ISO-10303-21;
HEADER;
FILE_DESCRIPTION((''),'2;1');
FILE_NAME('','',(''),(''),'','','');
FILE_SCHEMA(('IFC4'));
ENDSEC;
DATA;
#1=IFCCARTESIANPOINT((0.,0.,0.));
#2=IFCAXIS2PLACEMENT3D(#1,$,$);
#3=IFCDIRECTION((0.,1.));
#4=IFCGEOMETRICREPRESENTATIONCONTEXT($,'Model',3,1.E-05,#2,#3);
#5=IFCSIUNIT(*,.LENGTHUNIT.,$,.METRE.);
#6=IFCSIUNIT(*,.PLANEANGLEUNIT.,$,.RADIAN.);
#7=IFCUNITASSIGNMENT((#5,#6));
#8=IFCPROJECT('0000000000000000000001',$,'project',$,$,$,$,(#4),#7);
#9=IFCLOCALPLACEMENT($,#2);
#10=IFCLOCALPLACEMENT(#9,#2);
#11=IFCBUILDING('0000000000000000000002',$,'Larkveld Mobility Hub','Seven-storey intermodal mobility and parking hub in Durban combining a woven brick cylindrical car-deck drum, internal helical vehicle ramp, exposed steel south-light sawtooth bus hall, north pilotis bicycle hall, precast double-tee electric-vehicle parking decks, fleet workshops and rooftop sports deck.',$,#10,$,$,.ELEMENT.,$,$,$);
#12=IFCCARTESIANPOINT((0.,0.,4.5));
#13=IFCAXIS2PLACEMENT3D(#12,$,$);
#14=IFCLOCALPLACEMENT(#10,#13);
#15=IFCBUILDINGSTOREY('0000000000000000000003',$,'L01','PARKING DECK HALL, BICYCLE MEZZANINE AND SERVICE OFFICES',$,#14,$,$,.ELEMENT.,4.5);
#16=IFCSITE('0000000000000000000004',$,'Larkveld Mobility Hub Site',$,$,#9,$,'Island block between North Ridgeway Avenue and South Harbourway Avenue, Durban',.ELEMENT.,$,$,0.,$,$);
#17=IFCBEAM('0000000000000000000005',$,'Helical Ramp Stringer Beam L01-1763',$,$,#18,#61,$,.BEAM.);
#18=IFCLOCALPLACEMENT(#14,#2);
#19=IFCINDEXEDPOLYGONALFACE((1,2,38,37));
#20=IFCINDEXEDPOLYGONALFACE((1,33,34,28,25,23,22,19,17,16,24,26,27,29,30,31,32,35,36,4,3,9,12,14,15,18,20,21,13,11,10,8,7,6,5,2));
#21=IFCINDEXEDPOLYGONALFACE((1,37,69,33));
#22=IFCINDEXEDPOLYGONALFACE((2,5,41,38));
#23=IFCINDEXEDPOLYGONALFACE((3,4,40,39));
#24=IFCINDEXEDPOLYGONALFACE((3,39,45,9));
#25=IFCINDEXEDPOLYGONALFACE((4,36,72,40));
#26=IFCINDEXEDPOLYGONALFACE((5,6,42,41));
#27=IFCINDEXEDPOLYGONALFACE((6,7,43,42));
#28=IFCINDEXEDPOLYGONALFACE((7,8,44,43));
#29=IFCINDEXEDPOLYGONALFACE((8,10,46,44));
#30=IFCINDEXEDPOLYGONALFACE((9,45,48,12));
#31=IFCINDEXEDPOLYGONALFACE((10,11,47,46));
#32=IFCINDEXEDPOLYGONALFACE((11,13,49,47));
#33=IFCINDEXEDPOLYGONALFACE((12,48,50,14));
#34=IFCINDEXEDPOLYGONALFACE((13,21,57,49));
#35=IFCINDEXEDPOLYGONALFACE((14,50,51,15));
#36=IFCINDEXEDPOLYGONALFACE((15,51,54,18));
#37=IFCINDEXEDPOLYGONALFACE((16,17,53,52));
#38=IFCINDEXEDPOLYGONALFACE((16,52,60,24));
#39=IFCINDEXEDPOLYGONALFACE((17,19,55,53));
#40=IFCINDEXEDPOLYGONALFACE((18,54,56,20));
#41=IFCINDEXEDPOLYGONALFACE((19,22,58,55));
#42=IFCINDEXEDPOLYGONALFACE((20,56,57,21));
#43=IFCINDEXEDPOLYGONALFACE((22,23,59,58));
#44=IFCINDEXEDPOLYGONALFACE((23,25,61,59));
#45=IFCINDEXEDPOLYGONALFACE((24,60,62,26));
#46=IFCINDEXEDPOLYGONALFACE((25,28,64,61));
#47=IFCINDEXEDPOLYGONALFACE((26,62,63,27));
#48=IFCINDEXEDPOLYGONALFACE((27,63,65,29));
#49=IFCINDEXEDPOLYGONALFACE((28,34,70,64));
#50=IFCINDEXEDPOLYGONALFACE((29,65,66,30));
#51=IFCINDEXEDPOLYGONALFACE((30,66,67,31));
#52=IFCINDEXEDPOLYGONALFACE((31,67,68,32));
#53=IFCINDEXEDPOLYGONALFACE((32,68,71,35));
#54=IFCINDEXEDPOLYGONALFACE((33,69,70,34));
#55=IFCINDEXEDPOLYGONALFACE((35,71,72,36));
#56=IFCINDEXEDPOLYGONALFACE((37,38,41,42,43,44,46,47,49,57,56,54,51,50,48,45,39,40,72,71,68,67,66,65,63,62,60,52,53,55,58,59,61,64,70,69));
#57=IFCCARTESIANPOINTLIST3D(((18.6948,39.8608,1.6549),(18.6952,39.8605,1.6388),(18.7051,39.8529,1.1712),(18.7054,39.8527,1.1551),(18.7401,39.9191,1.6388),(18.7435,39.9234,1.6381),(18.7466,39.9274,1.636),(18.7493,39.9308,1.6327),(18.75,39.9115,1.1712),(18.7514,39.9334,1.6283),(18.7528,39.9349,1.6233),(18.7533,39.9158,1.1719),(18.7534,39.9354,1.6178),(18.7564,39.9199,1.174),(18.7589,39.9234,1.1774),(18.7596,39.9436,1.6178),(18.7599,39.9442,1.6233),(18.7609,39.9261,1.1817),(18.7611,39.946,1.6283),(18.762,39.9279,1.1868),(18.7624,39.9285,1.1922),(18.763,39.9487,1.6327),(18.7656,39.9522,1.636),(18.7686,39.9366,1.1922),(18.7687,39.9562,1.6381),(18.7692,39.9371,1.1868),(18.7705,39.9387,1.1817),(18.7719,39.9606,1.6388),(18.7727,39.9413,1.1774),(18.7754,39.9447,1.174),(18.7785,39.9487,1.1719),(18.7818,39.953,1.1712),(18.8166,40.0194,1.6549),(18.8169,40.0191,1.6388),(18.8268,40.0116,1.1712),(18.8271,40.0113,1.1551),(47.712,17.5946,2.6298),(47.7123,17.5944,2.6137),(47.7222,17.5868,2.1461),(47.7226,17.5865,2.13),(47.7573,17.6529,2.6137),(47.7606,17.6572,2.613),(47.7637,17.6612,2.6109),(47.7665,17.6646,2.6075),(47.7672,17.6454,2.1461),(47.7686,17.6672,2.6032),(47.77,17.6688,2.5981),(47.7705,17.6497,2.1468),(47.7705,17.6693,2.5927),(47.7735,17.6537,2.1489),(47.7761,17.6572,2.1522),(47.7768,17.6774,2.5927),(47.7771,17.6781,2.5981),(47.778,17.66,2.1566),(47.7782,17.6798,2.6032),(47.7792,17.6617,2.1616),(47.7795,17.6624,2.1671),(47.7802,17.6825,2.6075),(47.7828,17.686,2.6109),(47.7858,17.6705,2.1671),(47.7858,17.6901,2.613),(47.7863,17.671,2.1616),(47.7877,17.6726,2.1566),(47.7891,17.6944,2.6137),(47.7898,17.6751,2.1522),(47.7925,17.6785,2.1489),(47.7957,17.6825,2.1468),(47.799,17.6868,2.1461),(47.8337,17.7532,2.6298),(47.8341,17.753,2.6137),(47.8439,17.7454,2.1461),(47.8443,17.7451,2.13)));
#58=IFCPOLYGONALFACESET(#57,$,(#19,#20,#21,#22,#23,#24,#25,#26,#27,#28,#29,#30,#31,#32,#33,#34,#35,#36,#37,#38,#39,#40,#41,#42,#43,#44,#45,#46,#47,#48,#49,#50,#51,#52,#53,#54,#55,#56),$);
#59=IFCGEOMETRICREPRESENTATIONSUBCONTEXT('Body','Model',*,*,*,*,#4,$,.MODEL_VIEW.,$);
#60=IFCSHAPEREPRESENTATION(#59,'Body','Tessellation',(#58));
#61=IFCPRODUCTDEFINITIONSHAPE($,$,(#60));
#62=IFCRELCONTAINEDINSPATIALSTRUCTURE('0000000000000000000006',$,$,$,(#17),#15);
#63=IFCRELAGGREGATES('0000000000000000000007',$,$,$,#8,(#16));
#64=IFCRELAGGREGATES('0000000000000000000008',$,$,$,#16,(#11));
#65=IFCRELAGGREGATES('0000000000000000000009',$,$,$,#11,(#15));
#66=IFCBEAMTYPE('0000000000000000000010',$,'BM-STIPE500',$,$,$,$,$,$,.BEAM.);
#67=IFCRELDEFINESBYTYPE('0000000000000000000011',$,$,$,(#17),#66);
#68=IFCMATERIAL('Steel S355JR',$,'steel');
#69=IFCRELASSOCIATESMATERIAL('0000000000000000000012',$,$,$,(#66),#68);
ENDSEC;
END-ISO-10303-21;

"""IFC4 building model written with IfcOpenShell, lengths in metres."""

from ifc_helpers import new_model, si_unit, direction, frame, origin, origin_2d, place, context, subcontext, project, spatial, i_section, extrude, material, material_profile, profile_set, type_object, element, save


model = new_model("IFC4")

# Units and contexts
model_context = context("Model", 3, precision=1e-05, world=origin(), true_north=direction((0.0, 1.0)))
body_context = subcontext(model_context, "Body", "Model", "MODEL_VIEW")
ifc_project = project(units=[si_unit("LENGTHUNIT", "METRE"), si_unit("PLANEANGLEUNIT", "RADIAN")], contexts=[model_context])

# Site, building, storey
site_placement = place(None, origin())
site = spatial("IfcSite", under=ifc_project, at=site_placement, Name="Larkveld Mobility Hub Site", LongName="Island block between North Ridgeway Avenue and South Harbourway Avenue, Durban", CompositionType="ELEMENT", RefElevation=0.0)
building_placement = place(site_placement, origin())
building = spatial("IfcBuilding", under=site, at=building_placement, Name="Larkveld Mobility Hub", Description="Seven-storey intermodal mobility and parking hub in Durban combining a woven brick cylindrical car-deck drum, internal helical vehicle ramp, exposed steel south-light sawtooth bus hall, north pilotis bicycle hall, precast double-tee electric-vehicle parking decks, fleet workshops and rooftop sports deck.", CompositionType="ELEMENT")
storey_placement = place(building_placement, frame((0.0, 0.0, 4.5)))
storey = spatial("IfcBuildingStorey", under=building, at=storey_placement, Name="L01", Description="PARKING DECK HALL, BICYCLE MEZZANINE AND SERVICE OFFICES", CompositionType="ELEMENT", Elevation=4.5)

# Beam
ifc_material_1 = material(Name="Steel S355JR", Category="steel")
ifc_material_profile_1 = material_profile(ifc_material_1, i_section(OverallWidth=0.2, OverallDepth=0.5, WebThickness=0.0103, FlangeThickness=0.0161, FilletRadius=0.021, at=origin_2d()), Name="IPE 500")
ifc_profile_set_1 = profile_set([ifc_material_profile_1], Name="Steel S355JR")
beam_type_1 = type_object("IfcBeamType", Name="BM-STIPE500", PredefinedType="BEAM", material=ifc_profile_set_1)
beam_1_placement = place(storey_placement, frame((18.761, 39.936, 1.405), z_axis=(0.793065, -0.608554, 0.026644), x_axis=(0.60877, 0.793347, 0.0)))
element("IfcBeam", 1, at=beam_1_placement, inside=storey, type_object=beam_type_1, Name="Helical Ramp Stringer Beam L01-1763", PredefinedType="BEAM", context=body_context, shape_type="SweptSolid", body=[
    extrude(i_section(OverallWidth=0.2, OverallDepth=0.5, WebThickness=0.0103, FlangeThickness=0.0161, FilletRadius=0.021, at=origin_2d()), origin(), (0.0, 0.0, 1.0), 36.5886),
])

save(model, "model.ifc")
